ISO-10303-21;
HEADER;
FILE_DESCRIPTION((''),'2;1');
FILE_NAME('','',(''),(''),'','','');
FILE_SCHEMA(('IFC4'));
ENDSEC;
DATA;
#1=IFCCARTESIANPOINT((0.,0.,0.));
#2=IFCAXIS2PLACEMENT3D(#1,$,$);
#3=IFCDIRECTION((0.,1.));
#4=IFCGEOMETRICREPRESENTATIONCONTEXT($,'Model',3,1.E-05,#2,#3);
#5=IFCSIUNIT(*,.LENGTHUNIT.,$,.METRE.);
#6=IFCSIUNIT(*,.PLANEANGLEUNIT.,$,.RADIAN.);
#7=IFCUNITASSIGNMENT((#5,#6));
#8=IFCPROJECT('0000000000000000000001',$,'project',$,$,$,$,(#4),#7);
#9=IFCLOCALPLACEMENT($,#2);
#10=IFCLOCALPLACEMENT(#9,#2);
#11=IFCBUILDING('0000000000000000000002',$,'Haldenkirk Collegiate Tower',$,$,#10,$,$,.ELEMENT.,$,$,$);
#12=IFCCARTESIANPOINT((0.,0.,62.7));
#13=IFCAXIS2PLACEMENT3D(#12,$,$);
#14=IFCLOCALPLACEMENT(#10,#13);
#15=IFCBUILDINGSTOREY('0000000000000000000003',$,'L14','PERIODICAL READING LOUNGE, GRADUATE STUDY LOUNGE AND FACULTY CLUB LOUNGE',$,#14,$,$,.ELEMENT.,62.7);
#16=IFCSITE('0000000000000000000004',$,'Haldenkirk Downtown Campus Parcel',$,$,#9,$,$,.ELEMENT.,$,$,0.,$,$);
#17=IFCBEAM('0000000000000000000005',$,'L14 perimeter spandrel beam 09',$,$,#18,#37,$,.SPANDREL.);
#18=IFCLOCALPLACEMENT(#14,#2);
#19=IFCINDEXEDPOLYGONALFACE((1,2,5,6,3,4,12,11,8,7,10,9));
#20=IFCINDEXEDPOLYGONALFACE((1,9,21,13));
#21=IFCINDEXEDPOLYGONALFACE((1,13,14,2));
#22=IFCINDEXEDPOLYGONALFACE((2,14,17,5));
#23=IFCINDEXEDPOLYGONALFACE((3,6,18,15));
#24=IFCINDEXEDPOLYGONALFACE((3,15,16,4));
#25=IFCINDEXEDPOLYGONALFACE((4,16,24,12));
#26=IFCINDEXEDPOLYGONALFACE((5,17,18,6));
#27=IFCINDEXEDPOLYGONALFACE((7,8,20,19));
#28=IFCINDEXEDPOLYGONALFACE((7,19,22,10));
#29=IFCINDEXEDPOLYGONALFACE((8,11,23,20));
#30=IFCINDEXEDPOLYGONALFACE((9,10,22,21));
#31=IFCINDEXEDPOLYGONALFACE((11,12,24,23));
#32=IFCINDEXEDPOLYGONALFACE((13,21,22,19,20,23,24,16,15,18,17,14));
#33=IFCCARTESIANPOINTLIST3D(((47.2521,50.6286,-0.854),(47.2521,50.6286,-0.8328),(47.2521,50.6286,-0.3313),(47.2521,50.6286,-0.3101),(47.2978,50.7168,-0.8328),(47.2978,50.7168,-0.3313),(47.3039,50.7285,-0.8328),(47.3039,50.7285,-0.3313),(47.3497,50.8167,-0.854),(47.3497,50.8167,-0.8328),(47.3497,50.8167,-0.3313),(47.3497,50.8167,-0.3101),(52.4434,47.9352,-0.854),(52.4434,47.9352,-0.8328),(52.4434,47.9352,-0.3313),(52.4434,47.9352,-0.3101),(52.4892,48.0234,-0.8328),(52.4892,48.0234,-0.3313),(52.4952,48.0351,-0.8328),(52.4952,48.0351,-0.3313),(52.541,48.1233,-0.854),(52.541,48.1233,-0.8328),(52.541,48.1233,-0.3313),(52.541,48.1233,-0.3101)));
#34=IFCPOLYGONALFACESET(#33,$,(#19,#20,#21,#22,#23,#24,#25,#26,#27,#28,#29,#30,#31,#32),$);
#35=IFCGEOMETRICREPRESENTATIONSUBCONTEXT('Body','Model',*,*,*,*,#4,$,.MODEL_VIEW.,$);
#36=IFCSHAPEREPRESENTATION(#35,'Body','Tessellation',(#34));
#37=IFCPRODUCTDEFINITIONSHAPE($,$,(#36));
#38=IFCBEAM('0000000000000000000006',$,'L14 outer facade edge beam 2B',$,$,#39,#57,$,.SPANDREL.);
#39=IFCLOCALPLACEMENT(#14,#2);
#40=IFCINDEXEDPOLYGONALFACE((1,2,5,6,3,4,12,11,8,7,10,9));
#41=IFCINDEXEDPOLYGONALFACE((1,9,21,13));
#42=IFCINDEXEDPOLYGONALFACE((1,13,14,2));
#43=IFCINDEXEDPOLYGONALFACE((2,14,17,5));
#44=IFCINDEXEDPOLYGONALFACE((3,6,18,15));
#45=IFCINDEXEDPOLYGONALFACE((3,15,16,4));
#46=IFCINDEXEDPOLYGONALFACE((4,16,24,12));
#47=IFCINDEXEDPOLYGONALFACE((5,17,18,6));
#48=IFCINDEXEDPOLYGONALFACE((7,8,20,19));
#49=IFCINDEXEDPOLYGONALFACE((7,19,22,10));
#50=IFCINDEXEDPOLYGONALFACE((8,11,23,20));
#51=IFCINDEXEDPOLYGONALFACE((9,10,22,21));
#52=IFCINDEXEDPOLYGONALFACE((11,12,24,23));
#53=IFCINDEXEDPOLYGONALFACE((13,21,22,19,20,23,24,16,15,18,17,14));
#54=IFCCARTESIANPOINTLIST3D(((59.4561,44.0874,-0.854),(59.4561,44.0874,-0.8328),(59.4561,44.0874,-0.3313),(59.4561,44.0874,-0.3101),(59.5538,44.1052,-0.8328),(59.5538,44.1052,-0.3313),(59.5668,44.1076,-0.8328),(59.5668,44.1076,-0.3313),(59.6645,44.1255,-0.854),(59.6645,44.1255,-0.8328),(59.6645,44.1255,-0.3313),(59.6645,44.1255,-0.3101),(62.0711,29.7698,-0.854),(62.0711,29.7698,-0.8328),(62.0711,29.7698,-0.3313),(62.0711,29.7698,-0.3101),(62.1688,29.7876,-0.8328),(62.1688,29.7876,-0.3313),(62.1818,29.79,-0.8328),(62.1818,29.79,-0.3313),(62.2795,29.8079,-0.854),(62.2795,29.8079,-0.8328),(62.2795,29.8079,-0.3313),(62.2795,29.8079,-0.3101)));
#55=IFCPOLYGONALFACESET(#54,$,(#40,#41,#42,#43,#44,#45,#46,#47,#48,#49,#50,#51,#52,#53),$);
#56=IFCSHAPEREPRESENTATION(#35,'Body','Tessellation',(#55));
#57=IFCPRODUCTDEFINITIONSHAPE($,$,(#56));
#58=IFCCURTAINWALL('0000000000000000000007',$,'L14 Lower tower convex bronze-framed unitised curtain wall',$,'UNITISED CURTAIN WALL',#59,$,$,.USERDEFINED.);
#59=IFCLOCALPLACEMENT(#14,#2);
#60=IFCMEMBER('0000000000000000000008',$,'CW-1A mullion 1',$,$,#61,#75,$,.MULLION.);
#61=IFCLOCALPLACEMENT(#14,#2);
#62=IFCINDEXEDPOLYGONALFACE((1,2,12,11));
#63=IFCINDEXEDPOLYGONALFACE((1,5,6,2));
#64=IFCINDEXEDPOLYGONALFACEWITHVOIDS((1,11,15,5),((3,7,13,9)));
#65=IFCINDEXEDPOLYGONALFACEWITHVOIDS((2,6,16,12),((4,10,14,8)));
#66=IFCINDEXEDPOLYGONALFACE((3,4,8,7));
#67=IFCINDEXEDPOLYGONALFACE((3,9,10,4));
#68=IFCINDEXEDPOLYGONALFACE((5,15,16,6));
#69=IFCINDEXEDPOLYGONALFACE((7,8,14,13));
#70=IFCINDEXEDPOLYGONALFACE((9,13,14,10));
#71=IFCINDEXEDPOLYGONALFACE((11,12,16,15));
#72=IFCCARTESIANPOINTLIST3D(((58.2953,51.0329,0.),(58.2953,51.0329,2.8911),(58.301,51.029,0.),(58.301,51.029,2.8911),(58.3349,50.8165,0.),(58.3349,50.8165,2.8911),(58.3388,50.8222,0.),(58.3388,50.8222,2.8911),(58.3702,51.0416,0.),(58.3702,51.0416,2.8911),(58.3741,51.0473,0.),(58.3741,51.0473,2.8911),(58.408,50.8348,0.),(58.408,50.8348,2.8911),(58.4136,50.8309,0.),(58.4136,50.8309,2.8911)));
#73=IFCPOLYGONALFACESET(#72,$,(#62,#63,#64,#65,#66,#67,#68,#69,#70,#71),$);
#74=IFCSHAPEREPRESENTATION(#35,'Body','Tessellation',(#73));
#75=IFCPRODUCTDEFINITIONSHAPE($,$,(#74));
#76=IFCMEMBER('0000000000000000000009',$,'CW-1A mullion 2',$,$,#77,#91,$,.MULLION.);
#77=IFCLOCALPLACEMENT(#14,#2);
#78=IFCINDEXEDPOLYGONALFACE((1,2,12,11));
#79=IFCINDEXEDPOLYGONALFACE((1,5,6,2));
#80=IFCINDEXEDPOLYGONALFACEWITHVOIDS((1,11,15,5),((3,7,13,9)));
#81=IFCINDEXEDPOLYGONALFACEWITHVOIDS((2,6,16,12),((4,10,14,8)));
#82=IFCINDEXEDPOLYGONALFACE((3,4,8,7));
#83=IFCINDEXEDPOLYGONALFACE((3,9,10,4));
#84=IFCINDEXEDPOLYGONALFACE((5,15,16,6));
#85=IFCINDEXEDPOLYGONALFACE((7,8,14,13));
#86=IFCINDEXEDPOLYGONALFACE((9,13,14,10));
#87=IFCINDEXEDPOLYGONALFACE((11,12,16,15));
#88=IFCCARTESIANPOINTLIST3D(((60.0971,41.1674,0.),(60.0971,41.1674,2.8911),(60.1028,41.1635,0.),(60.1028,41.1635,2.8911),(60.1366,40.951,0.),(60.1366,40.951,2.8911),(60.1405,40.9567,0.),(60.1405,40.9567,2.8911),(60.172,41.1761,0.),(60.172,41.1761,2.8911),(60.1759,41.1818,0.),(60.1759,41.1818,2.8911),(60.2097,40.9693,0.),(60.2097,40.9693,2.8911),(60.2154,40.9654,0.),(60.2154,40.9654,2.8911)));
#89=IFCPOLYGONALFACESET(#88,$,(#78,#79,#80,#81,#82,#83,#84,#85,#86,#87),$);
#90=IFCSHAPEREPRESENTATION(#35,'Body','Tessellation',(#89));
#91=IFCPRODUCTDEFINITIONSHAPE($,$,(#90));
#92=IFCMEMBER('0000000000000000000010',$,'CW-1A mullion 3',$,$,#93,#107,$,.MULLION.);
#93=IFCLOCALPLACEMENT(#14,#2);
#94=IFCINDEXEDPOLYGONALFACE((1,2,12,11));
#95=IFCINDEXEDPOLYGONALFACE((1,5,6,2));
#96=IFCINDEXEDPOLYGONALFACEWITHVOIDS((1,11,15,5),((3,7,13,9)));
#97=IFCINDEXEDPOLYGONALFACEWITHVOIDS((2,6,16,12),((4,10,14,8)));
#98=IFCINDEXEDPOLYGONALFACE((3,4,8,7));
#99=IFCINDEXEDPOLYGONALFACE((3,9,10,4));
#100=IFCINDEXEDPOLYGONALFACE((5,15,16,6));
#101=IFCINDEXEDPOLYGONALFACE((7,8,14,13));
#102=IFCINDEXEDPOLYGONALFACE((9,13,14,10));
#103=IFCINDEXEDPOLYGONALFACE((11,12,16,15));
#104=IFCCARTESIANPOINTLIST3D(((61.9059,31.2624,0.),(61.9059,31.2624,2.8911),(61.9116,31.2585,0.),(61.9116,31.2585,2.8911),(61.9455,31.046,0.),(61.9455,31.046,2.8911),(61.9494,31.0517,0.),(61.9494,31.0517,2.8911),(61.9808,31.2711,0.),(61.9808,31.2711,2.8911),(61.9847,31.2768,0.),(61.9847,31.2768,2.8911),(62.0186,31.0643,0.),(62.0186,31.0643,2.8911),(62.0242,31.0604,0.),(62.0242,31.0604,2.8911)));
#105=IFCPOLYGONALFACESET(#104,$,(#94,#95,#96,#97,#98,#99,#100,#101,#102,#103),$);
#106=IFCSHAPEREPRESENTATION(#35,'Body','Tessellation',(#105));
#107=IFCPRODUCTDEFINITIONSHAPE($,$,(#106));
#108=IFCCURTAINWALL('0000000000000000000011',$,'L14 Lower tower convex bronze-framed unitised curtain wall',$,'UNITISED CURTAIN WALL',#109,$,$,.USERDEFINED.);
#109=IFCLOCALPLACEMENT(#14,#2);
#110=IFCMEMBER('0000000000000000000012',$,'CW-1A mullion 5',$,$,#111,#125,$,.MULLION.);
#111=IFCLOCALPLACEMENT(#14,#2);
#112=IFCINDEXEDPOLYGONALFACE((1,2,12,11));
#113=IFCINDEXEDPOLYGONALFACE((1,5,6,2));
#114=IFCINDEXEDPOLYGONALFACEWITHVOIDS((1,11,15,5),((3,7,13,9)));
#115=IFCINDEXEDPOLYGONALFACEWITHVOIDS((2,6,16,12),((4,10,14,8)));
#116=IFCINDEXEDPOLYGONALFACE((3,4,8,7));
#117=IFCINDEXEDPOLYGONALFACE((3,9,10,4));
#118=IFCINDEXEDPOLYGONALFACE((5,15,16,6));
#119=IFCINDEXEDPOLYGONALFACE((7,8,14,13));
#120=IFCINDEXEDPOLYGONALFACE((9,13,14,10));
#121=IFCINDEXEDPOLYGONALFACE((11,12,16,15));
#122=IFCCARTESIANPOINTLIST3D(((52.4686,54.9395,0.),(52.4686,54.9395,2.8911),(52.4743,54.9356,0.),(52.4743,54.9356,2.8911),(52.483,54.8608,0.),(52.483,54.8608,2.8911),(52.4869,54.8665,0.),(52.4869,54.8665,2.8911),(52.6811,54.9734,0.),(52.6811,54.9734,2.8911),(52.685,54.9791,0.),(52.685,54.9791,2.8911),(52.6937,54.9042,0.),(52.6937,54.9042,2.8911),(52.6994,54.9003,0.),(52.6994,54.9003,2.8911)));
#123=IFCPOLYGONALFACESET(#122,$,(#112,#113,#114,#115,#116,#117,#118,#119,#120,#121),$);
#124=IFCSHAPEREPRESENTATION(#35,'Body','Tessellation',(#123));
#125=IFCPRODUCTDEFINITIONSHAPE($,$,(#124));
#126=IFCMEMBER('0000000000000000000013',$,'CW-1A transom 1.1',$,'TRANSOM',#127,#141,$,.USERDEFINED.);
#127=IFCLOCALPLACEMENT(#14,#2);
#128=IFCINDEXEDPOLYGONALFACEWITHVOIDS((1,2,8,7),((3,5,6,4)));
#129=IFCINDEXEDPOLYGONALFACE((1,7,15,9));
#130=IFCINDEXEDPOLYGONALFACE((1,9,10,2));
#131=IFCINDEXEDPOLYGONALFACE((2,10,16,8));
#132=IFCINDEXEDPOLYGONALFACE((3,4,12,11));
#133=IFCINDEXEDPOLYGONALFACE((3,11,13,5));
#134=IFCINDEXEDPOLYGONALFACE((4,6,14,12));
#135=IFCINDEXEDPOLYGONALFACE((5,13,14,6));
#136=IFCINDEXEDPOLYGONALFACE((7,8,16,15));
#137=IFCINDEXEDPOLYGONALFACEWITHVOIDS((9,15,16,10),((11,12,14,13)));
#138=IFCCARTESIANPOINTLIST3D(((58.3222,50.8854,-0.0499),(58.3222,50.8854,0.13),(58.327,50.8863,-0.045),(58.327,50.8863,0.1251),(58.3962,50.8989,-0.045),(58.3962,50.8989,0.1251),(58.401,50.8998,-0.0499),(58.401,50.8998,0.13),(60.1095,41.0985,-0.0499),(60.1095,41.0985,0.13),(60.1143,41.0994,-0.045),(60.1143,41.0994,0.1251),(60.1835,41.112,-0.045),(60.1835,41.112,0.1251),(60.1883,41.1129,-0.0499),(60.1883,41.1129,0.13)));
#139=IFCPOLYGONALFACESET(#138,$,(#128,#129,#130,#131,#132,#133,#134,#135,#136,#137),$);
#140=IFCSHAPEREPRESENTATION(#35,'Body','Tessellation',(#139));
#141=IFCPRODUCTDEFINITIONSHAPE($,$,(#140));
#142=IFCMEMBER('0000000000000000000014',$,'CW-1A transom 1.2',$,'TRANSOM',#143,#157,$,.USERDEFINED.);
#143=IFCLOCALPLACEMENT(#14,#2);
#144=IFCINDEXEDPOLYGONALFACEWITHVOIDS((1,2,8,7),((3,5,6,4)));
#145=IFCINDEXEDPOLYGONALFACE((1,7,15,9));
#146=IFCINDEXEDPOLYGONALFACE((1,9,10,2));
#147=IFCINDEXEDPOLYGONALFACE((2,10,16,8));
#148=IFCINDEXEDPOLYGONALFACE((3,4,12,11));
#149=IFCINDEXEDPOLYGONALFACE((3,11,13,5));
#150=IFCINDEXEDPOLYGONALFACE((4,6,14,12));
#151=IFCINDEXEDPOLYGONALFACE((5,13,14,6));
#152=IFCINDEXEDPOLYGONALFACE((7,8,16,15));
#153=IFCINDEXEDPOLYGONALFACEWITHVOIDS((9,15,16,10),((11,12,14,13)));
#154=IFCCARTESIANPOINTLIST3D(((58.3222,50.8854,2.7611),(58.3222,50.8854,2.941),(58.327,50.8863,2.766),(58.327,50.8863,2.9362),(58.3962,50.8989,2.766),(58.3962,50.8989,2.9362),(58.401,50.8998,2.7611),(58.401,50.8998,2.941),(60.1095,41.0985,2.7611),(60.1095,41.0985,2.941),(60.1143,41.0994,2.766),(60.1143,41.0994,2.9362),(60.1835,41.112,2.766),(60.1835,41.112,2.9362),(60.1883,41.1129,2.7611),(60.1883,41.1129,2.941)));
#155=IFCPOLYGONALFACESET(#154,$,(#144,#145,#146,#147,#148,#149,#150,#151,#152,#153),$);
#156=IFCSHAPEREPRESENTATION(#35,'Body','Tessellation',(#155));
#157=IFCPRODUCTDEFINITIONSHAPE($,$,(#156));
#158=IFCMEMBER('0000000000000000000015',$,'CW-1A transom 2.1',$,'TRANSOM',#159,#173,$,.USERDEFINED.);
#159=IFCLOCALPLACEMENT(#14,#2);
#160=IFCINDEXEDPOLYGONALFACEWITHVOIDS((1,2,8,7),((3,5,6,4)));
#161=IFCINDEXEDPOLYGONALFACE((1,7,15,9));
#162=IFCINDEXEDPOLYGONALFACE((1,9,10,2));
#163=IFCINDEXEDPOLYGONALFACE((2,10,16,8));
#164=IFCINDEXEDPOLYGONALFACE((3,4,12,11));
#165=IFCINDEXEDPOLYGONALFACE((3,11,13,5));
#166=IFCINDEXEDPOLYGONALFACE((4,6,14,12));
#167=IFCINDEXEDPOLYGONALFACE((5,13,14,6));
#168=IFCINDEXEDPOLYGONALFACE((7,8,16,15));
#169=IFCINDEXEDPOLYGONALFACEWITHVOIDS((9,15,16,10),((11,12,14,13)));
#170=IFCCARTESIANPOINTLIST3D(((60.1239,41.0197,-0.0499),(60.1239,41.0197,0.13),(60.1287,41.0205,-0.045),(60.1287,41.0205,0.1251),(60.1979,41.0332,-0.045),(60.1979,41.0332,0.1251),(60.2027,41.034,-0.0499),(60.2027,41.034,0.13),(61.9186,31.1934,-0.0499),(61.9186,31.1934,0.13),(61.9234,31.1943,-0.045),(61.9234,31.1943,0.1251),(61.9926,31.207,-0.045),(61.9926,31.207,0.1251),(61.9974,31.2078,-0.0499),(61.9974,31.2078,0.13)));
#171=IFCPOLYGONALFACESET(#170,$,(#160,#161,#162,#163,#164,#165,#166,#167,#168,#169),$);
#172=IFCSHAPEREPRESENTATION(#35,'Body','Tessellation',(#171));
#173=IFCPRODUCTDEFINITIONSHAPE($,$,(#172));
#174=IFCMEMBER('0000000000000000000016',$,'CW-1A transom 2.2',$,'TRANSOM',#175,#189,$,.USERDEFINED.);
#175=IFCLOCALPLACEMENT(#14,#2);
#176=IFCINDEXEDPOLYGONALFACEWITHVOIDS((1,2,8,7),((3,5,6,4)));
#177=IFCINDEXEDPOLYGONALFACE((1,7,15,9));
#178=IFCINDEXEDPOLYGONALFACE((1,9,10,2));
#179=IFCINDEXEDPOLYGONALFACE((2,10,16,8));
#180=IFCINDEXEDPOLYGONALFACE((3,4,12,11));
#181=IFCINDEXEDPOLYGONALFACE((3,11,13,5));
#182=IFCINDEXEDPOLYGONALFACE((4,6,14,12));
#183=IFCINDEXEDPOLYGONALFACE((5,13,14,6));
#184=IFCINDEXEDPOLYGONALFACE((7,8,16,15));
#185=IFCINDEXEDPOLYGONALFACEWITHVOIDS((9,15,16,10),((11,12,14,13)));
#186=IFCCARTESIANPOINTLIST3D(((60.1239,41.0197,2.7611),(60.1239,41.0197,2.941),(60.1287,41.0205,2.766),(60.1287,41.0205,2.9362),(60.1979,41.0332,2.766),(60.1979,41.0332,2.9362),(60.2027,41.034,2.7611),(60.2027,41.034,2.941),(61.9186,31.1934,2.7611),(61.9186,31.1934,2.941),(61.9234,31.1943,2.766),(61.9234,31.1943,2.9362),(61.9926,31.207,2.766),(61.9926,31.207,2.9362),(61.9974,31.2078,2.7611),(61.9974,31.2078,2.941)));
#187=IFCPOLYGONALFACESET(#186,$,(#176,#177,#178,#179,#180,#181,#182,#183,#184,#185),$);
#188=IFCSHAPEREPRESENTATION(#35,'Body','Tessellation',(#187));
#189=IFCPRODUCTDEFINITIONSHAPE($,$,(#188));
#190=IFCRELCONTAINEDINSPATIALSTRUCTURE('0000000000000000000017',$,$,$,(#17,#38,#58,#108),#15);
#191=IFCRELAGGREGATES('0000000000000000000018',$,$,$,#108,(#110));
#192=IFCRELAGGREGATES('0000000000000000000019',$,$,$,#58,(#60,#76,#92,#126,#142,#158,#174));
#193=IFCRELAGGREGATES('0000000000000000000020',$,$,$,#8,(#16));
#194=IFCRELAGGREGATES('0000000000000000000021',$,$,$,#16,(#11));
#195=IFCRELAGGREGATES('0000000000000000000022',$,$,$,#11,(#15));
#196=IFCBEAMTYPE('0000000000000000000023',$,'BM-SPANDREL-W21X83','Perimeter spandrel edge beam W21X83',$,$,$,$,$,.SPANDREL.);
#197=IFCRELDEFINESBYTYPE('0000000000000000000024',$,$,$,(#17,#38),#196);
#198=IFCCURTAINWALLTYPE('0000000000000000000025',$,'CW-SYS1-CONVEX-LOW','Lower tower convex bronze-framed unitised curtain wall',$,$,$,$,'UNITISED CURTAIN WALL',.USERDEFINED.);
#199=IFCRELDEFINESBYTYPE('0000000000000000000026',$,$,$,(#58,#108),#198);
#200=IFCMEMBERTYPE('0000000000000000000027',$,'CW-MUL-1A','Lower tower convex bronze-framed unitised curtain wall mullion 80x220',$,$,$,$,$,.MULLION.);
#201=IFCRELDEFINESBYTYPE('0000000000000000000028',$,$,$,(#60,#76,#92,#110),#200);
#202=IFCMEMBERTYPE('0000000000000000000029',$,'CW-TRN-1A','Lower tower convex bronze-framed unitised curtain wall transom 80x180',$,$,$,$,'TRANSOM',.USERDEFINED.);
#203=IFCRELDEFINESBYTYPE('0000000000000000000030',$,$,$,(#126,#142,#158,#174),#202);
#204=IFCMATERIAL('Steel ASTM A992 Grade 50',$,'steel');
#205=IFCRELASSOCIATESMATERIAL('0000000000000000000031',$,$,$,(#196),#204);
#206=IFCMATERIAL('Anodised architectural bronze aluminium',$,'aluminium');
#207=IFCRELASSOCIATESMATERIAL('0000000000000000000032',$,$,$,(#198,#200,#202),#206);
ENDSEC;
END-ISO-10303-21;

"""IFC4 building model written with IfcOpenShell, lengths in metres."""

from ifc_helpers import new_model, si_unit, direction, frame, origin, origin_2d, place, context, subcontext, project, spatial, hollow_rectangle, i_section, extrude, material, material_profile, profile_set, type_object, element, aggregate, save


model = new_model("IFC4")

# Units and contexts
model_context = context("Model", 3, precision=1e-05, world=origin(), true_north=direction((0.0, 1.0)))
body_context = subcontext(model_context, "Body", "Model", "MODEL_VIEW")
ifc_project = project(units=[si_unit("LENGTHUNIT", "METRE"), si_unit("PLANEANGLEUNIT", "RADIAN")], contexts=[model_context])

# Site, building, storey
site_placement = place(None, origin())
site = spatial("IfcSite", under=ifc_project, at=site_placement, Name="Haldenkirk Downtown Campus Parcel", CompositionType="ELEMENT", RefElevation=0.0)
building_placement = place(site_placement, origin())
building = spatial("IfcBuilding", under=site, at=building_placement, Name="Haldenkirk Collegiate Tower", CompositionType="ELEMENT")
storey_placement = place(building_placement, frame((0.0, 0.0, 62.7)))
storey = spatial("IfcBuildingStorey", under=building, at=storey_placement, Name="L14", Description="PERIODICAL READING LOUNGE, GRADUATE STUDY LOUNGE AND FACULTY CLUB LOUNGE", CompositionType="ELEMENT", Elevation=62.7)

# Beams
ifc_material_1 = material(Name="Steel ASTM A992 Grade 50", Category="steel")
ifc_material_profile_1 = material_profile(ifc_material_1, i_section(OverallWidth=0.2119, OverallDepth=0.5439, WebThickness=0.0132, FlangeThickness=0.0212, at=origin_2d()), Name="W21X83")
ifc_profile_set_1 = profile_set([ifc_material_profile_1], Name="Steel ASTM A992 Grade 50")
beam_type_1 = type_object("IfcBeamType", Name="BM-SPANDREL-W21X83", Description="Perimeter spandrel edge beam W21X83", PredefinedType="SPANDREL", material=ifc_profile_set_1)
beam_1_placement = place(storey_placement, frame((52.4922, 48.0293, -0.582), z_axis=(-0.887648, 0.460522, 0.0), x_axis=(-0.460522, -0.887648, 0.0)))
element("IfcBeam", 1, at=beam_1_placement, inside=storey, type_object=beam_type_1, Name="L14 perimeter spandrel beam 09", PredefinedType="SPANDREL", context=body_context, shape_type="SweptSolid", body=[
    extrude(i_section(OverallWidth=0.2119, OverallDepth=0.5439, WebThickness=0.0132, FlangeThickness=0.0212, at=origin_2d()), origin(), (0.0, 0.0, 1.0), 5.8484),
])
beam_2_placement = place(storey_placement, frame((62.1753, 29.7888, -0.582), z_axis=(-0.179669, 0.983727, 0.0), x_axis=(-0.983727, -0.179669, 0.0)))
element("IfcBeam", 2, at=beam_2_placement, inside=storey, type_object=beam_type_1, Name="L14 outer facade edge beam 2B", PredefinedType="SPANDREL", context=body_context, shape_type="SweptSolid", body=[
    extrude(i_section(OverallWidth=0.2119, OverallDepth=0.5439, WebThickness=0.0132, FlangeThickness=0.0212, at=origin_2d()), origin(), (0.0, 0.0, 1.0), 14.5544),
])

# Curtain wall, members
ifc_material_2 = material(Name="Anodised architectural bronze aluminium", Category="aluminium")
curtain_wall_type = type_object("IfcCurtainWallType", Name="CW-SYS1-CONVEX-LOW", Description="Lower tower convex bronze-framed unitised curtain wall", ElementType="UNITISED CURTAIN WALL", PredefinedType="USERDEFINED", material=ifc_material_2)
curtain_wall_1_placement = place(storey_placement, origin())
curtain_wall_1 = element("IfcCurtainWall", 3, at=curtain_wall_1_placement, inside=storey, type_object=curtain_wall_type, Name="L14 Lower tower convex bronze-framed unitised curtain wall", ObjectType="UNITISED CURTAIN WALL", PredefinedType="USERDEFINED")
ifc_material_profile_2 = material_profile(ifc_material_2, hollow_rectangle(XDim=0.0801, YDim=0.22, WallThickness=0.0049, at=origin_2d()), Name="CW-MUL-1A")
ifc_profile_set_2 = profile_set([ifc_material_profile_2], Name="Anodised architectural bronze aluminium")
member_type_1 = type_object("IfcMemberType", Name="CW-MUL-1A", Description="Lower tower convex bronze-framed unitised curtain wall mullion 80x220", PredefinedType="MULLION", material=ifc_profile_set_2)
member_1_placement = place(storey_placement, frame((58.3545, 50.9319, 0.0), z_axis=(0.0, 0.0, 1.0), x_axis=(0.983728, 0.179663, 0.0)))
member_1 = element("IfcMember", 4, at=member_1_placement, type_object=member_type_1, Name="CW-1A mullion 1", PredefinedType="MULLION", context=body_context, shape_type="SweptSolid", body=[
    extrude(hollow_rectangle(XDim=0.0801, YDim=0.22, WallThickness=0.0049, at=origin_2d()), origin(), (0.0, 0.0, 1.0), 2.8911),
])
member_2_placement = place(storey_placement, frame((60.1562, 41.0664, 0.0), z_axis=(0.0, 0.0, 1.0), x_axis=(0.983728, 0.179663, 0.0)))
member_2 = element("IfcMember", 5, at=member_2_placement, type_object=member_type_1, Name="CW-1A mullion 2", PredefinedType="MULLION", context=body_context, shape_type="SweptSolid", body=[
    extrude(hollow_rectangle(XDim=0.0801, YDim=0.22, WallThickness=0.0049, at=origin_2d()), origin(), (0.0, 0.0, 1.0), 2.8911),
])
member_3_placement = place(storey_placement, frame((61.9651, 31.1614, 0.0), z_axis=(0.0, 0.0, 1.0), x_axis=(0.983728, 0.179663, 0.0)))
member_3 = element("IfcMember", 6, at=member_3_placement, type_object=member_type_1, Name="CW-1A mullion 3", PredefinedType="MULLION", context=body_context, shape_type="SweptSolid", body=[
    extrude(hollow_rectangle(XDim=0.0801, YDim=0.22, WallThickness=0.0049, at=origin_2d()), origin(), (0.0, 0.0, 1.0), 2.8911),
])

# Curtain wall, member
curtain_wall_2_placement = place(storey_placement, origin())
curtain_wall_2 = element("IfcCurtainWall", 7, at=curtain_wall_2_placement, inside=storey, type_object=curtain_wall_type, Name="L14 Lower tower convex bronze-framed unitised curtain wall", ObjectType="UNITISED CURTAIN WALL", PredefinedType="USERDEFINED")
member_4_placement = place(storey_placement, frame((52.584, 54.9199, 0.0), z_axis=(0.0, 0.0, 1.0), x_axis=(-0.179659, 0.983729, 0.0)))
member_4 = element("IfcMember", 8, at=member_4_placement, type_object=member_type_1, Name="CW-1A mullion 5", PredefinedType="MULLION", context=body_context, shape_type="SweptSolid", body=[
    extrude(hollow_rectangle(XDim=0.0801, YDim=0.22, WallThickness=0.0049, at=origin_2d()), origin(), (0.0, 0.0, 1.0), 2.8911),
])
aggregate(curtain_wall_2, [member_4])

# Members
ifc_material_profile_3 = material_profile(ifc_material_2, hollow_rectangle(XDim=0.0801, YDim=0.1799, WallThickness=0.0049, at=origin_2d()), Name="CW-TRN-1A")
ifc_profile_set_3 = profile_set([ifc_material_profile_3], Name="Anodised architectural bronze aluminium")
member_type_2 = type_object("IfcMemberType", Name="CW-TRN-1A", Description="Lower tower convex bronze-framed unitised curtain wall transom 80x180", ElementType="TRANSOM", PredefinedType="USERDEFINED", material=ifc_profile_set_3)
member_5_placement = place(storey_placement, frame((58.3616, 50.8926, 0.04), z_axis=(0.179656, -0.983729, 0.0), x_axis=(0.983729, 0.179656, 0.0)))
member_5 = element("IfcMember", 9, at=member_5_placement, type_object=member_type_2, Name="CW-1A transom 1.1", ObjectType="TRANSOM", PredefinedType="USERDEFINED", context=body_context, shape_type="SweptSolid", body=[
    extrude(hollow_rectangle(XDim=0.0801, YDim=0.1799, WallThickness=0.0049, at=origin_2d()), origin(), (0.0, 0.0, 1.0), 9.9487),
])
member_6_placement = place(storey_placement, frame((58.3616, 50.8926, 2.8511), z_axis=(0.179656, -0.983729, 0.0), x_axis=(0.983729, 0.179656, 0.0)))
member_6 = element("IfcMember", 10, at=member_6_placement, type_object=member_type_2, Name="CW-1A transom 1.2", ObjectType="TRANSOM", PredefinedType="USERDEFINED", context=body_context, shape_type="SweptSolid", body=[
    extrude(hollow_rectangle(XDim=0.0801, YDim=0.1799, WallThickness=0.0049, at=origin_2d()), origin(), (0.0, 0.0, 1.0), 9.9487),
])
member_7_placement = place(storey_placement, frame((60.1633, 41.0269, 0.04), z_axis=(0.17967, -0.983727, 0.0), x_axis=(0.983727, 0.17967, 0.0)))
member_7 = element("IfcMember", 11, at=member_7_placement, type_object=member_type_2, Name="CW-1A transom 2.1", ObjectType="TRANSOM", PredefinedType="USERDEFINED", context=body_context, shape_type="SweptSolid", body=[
    extrude(hollow_rectangle(XDim=0.0801, YDim=0.1799, WallThickness=0.0049, at=origin_2d()), origin(), (0.0, 0.0, 1.0), 9.9888),
])
member_8_placement = place(storey_placement, frame((60.1633, 41.0269, 2.8511), z_axis=(0.17967, -0.983727, 0.0), x_axis=(0.983727, 0.17967, 0.0)))
member_8 = element("IfcMember", 12, at=member_8_placement, type_object=member_type_2, Name="CW-1A transom 2.2", ObjectType="TRANSOM", PredefinedType="USERDEFINED", context=body_context, shape_type="SweptSolid", body=[
    extrude(hollow_rectangle(XDim=0.0801, YDim=0.1799, WallThickness=0.0049, at=origin_2d()), origin(), (0.0, 0.0, 1.0), 9.9888),
])

aggregate(curtain_wall_1, [member_1, member_2, member_3, member_5, member_6, member_7, member_8])

save(model, "model.ifc")
